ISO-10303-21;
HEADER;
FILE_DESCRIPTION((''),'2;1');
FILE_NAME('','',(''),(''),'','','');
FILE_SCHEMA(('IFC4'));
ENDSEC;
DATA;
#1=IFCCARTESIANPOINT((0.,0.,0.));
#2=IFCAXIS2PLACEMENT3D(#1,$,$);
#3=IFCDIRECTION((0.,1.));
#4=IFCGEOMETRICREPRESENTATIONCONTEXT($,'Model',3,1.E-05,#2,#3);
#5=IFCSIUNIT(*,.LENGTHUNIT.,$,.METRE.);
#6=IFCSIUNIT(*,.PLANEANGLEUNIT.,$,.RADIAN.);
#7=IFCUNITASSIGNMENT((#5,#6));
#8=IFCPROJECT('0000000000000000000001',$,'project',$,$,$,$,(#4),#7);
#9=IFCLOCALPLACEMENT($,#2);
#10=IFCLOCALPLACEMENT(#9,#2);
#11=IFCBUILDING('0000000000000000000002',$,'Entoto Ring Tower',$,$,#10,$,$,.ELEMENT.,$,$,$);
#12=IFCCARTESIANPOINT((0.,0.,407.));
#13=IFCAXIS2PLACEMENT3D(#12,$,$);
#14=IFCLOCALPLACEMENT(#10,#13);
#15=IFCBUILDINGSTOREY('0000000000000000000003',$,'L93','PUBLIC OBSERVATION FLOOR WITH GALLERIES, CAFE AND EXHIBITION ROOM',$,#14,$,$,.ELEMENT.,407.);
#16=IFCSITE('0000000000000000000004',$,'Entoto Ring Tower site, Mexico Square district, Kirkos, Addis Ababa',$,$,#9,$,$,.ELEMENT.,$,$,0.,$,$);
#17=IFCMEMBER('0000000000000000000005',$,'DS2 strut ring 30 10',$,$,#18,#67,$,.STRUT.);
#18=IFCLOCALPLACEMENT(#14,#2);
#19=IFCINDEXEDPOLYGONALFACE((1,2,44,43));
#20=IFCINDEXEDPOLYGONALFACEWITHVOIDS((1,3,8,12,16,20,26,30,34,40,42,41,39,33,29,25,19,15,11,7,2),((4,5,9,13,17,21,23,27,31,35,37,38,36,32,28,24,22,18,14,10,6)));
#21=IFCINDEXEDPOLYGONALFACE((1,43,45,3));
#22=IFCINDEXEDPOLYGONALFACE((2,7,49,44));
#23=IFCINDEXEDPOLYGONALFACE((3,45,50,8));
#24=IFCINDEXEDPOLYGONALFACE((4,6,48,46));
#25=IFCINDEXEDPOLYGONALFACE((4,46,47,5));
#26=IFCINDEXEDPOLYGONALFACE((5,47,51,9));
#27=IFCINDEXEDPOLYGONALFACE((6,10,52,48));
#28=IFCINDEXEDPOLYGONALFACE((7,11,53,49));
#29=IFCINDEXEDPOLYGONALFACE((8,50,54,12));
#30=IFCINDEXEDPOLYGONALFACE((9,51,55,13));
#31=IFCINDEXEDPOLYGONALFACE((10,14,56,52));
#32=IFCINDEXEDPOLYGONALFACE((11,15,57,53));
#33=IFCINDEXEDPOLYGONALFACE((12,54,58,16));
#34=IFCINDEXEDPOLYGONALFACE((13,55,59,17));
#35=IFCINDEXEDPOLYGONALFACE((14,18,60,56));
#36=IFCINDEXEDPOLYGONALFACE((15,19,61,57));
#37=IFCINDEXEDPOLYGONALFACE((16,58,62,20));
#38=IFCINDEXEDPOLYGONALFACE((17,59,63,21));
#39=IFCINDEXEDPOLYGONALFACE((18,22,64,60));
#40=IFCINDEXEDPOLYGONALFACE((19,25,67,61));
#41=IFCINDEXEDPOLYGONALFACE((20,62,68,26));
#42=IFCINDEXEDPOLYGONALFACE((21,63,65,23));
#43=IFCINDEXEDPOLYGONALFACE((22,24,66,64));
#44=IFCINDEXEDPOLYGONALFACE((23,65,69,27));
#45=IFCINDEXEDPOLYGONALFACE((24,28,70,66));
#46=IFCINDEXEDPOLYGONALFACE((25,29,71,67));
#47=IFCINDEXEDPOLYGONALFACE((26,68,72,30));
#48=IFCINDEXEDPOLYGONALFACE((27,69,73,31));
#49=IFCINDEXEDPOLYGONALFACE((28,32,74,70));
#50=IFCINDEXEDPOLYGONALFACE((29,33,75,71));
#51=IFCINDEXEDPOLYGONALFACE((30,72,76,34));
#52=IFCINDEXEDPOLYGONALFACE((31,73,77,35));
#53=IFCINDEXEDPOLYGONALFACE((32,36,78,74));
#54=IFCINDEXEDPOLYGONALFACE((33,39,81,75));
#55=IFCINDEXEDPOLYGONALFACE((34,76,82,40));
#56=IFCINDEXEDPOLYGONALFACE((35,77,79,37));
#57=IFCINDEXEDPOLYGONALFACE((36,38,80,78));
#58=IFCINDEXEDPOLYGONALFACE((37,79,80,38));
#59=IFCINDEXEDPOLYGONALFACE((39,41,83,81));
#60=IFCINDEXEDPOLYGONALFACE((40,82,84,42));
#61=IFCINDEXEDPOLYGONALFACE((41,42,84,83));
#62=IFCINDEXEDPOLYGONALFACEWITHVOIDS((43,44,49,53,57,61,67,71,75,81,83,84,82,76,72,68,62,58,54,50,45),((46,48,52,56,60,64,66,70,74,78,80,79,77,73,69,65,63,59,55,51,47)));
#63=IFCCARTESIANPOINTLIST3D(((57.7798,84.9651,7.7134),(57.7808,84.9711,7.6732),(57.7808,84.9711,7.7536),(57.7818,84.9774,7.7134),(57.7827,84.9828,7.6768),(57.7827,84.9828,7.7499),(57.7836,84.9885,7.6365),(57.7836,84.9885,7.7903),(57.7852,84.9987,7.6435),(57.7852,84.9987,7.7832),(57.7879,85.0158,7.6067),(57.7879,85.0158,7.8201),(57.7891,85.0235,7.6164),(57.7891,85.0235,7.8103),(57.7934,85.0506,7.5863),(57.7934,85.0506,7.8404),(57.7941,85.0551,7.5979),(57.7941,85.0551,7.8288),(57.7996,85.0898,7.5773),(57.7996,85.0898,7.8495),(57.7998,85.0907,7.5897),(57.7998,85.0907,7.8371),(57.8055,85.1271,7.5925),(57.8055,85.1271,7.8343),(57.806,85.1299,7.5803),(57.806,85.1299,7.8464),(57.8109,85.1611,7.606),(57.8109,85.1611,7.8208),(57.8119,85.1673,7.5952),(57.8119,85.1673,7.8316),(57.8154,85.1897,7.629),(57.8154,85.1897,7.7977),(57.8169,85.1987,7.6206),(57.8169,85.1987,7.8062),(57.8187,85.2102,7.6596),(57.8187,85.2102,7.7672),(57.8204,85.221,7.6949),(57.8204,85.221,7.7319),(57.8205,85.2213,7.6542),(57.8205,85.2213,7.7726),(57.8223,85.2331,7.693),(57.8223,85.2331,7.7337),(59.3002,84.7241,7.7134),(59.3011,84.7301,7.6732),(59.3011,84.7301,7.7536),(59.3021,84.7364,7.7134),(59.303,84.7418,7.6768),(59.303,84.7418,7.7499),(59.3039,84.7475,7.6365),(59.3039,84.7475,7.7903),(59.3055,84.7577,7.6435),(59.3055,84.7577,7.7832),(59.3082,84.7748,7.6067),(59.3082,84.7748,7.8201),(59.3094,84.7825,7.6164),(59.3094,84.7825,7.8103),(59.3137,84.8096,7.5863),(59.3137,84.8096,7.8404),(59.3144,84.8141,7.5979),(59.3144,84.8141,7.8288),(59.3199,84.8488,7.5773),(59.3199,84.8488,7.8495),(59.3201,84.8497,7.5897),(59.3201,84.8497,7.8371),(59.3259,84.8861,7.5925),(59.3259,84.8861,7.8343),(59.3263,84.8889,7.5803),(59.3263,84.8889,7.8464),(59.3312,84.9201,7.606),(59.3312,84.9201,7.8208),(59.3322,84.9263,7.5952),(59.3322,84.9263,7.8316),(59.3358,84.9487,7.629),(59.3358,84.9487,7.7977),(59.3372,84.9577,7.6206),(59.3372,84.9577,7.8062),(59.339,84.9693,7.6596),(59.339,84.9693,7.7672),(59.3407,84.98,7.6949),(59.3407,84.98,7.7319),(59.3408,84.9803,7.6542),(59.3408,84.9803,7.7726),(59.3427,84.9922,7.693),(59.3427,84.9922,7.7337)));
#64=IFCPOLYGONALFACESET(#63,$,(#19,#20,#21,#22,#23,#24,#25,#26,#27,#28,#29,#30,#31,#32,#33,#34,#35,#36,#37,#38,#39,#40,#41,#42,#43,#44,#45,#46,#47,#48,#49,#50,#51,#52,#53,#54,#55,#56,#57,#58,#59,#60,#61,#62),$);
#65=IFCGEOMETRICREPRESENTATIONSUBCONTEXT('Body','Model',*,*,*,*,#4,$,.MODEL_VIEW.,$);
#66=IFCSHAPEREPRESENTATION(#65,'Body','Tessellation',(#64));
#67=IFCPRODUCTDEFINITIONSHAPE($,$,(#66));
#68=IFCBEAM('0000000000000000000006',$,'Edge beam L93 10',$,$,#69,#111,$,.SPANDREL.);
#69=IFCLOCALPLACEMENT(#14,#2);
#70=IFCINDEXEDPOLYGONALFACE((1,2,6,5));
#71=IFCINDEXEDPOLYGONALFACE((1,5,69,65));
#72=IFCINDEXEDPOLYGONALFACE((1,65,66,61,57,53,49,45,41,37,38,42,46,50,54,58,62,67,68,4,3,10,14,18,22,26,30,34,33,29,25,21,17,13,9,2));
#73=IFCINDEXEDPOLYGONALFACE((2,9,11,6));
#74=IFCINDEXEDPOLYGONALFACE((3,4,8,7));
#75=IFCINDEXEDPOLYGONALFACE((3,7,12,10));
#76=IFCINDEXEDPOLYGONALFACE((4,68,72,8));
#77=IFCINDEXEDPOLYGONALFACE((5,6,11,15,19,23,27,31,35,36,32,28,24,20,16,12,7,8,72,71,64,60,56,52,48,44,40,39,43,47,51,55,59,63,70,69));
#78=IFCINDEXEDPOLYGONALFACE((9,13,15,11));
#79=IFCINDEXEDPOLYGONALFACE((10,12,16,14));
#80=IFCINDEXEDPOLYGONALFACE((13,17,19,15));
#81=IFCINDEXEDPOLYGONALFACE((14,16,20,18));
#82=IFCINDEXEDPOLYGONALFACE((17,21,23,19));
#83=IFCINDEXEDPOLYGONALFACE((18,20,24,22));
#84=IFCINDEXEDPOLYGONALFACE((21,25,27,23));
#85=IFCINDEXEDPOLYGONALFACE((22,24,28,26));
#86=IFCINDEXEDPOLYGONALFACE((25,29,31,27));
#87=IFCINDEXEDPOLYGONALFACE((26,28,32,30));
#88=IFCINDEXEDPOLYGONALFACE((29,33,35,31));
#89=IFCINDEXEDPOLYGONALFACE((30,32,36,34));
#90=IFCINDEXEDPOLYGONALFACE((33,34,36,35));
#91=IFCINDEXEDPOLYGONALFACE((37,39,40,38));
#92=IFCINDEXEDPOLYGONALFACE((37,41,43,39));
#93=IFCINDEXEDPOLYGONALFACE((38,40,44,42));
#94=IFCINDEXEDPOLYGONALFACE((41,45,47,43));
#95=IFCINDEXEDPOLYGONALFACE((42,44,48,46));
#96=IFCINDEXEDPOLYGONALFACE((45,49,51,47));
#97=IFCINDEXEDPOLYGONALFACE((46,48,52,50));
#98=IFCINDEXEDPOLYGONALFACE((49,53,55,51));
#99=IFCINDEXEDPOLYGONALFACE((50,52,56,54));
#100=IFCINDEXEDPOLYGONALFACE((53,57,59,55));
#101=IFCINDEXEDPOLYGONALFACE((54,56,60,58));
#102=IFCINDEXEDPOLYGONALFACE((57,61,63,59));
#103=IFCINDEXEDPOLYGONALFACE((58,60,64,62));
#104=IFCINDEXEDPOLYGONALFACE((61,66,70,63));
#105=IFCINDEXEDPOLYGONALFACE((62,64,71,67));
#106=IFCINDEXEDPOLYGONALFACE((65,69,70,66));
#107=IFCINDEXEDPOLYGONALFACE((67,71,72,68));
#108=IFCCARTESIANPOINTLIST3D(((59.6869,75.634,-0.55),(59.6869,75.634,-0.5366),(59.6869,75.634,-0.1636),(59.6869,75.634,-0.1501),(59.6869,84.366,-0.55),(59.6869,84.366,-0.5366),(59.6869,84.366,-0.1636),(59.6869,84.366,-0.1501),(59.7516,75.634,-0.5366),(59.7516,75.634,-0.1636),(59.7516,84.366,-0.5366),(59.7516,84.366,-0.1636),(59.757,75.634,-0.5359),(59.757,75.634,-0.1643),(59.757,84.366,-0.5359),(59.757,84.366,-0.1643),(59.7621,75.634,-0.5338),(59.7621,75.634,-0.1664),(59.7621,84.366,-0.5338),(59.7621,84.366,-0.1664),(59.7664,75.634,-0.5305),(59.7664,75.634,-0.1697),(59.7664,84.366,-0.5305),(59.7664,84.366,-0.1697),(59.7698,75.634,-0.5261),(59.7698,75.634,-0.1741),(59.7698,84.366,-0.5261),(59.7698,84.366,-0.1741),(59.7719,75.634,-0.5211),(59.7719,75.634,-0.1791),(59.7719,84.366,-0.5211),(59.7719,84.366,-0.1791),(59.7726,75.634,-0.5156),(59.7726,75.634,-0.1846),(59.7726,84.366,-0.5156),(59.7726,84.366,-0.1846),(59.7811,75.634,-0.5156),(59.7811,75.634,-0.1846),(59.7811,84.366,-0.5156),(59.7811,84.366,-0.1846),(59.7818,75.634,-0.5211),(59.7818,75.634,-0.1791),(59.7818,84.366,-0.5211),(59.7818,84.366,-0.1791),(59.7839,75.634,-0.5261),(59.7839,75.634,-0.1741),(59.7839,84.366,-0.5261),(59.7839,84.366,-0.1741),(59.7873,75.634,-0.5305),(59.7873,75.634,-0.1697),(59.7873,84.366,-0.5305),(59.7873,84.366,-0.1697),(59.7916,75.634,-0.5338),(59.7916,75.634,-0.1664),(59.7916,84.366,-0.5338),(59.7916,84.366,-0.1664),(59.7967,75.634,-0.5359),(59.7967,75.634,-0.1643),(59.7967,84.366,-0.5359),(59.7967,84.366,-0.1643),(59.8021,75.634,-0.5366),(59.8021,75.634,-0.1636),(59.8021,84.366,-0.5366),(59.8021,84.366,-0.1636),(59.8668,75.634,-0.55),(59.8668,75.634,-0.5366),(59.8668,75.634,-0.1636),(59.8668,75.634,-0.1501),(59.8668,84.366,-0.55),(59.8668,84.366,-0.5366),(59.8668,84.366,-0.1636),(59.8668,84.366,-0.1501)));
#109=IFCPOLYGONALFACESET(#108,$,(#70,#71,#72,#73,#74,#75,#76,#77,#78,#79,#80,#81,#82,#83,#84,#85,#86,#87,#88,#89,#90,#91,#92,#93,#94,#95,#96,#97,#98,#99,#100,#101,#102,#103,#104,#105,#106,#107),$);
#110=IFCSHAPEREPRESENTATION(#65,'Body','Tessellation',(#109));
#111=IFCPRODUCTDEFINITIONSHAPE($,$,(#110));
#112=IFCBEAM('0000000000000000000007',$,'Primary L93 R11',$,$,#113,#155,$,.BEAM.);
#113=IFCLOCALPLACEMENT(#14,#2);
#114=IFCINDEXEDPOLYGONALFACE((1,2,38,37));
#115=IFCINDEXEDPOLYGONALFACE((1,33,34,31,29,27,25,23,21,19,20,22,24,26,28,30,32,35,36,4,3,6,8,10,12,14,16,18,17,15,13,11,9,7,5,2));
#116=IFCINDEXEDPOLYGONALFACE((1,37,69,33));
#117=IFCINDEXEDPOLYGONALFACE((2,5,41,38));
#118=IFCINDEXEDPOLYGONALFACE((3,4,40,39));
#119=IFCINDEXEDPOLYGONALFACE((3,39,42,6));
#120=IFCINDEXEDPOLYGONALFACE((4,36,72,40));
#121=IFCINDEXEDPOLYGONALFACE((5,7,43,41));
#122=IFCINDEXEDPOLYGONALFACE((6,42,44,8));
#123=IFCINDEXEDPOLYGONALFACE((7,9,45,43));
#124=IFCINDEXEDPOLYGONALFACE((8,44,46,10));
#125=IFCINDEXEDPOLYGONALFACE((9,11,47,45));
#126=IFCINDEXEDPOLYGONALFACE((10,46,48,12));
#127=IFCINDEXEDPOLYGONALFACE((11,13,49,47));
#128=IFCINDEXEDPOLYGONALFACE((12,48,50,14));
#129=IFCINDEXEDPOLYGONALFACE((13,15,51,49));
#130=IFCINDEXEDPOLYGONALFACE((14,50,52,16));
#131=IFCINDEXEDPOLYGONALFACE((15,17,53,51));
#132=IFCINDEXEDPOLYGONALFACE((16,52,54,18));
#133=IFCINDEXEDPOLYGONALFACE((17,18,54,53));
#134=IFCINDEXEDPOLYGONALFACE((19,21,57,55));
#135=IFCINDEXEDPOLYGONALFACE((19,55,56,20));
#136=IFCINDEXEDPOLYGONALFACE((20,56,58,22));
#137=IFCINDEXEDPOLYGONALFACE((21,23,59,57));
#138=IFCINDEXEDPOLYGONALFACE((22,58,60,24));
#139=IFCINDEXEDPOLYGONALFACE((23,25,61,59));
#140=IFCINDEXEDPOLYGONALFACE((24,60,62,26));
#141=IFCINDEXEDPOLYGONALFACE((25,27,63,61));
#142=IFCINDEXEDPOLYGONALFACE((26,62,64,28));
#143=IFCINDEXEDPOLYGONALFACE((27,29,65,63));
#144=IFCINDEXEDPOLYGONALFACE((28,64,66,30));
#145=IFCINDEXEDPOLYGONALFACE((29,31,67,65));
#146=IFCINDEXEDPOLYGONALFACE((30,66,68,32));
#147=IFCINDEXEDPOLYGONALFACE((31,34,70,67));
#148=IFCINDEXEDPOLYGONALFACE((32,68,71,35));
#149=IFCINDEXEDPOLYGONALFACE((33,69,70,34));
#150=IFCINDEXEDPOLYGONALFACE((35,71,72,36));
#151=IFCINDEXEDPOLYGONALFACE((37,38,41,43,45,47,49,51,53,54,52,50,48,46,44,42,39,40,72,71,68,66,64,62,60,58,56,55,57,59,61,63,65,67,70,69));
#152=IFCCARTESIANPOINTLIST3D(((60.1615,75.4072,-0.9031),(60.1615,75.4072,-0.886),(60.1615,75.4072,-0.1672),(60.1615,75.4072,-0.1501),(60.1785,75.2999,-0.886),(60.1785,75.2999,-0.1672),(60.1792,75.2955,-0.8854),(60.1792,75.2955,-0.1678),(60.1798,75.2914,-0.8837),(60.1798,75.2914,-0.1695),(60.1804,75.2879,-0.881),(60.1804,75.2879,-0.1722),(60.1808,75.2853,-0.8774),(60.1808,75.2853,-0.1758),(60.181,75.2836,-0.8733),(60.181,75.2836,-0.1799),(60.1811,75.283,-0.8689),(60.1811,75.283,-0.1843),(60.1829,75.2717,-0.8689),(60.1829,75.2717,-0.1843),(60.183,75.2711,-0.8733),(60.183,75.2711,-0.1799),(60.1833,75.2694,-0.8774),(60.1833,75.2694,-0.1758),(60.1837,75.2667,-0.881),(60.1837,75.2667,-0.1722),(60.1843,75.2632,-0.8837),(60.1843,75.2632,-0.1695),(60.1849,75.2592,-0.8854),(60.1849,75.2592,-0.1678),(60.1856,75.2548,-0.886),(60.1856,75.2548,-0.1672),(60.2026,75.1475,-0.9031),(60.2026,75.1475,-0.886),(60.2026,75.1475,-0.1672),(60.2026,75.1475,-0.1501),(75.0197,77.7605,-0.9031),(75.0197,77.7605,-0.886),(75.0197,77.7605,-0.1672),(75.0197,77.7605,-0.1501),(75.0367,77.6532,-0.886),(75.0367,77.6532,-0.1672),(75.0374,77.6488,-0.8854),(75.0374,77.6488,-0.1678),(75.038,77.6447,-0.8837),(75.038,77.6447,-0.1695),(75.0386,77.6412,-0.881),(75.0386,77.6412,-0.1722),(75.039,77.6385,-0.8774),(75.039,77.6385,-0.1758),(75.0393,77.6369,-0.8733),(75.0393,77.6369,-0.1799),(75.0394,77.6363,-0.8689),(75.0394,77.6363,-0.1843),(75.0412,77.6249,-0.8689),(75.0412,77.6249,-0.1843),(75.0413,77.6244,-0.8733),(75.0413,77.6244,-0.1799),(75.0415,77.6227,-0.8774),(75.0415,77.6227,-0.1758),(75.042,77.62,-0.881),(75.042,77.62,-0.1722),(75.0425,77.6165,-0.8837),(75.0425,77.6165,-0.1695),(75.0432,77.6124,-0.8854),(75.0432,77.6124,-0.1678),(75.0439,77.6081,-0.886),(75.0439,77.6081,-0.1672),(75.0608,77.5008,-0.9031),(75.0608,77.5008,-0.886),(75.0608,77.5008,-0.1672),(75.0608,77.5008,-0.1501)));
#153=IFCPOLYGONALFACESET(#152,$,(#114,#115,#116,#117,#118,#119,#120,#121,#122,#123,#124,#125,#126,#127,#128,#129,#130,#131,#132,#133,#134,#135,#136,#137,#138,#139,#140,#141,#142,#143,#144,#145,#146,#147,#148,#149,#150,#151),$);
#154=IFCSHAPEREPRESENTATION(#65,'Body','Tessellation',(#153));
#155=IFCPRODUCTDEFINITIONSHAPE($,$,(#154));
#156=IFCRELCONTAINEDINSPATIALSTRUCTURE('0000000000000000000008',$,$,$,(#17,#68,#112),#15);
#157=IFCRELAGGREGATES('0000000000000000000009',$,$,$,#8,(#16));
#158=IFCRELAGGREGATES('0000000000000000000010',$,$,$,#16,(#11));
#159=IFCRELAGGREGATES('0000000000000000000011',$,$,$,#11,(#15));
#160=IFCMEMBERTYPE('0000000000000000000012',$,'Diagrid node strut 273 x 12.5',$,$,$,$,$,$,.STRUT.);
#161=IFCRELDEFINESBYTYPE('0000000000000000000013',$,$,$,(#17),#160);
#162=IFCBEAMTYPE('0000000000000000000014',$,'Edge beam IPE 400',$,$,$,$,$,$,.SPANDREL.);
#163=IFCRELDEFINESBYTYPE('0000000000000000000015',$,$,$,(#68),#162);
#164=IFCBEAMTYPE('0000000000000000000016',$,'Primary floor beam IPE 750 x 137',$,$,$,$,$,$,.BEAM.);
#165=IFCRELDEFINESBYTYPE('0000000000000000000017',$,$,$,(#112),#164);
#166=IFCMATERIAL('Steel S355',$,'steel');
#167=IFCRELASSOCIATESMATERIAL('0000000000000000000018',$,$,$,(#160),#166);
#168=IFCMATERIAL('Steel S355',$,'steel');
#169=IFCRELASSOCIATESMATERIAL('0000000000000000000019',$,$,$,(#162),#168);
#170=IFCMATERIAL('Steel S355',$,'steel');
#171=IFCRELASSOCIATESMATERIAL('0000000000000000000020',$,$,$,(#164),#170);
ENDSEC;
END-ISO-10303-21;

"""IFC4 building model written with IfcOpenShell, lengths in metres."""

from ifc_helpers import new_model, si_unit, direction, frame, origin, origin_2d, place, context, subcontext, project, spatial, circle, hollow_circle, i_section, extrude, material, material_profile, profile_set, type_object, element, save


model = new_model("IFC4")

# Units and contexts
model_context = context("Model", 3, precision=1e-05, world=origin(), true_north=direction((0.0, 1.0)))
body_context = subcontext(model_context, "Body", "Model", "MODEL_VIEW")
ifc_project = project(units=[si_unit("LENGTHUNIT", "METRE"), si_unit("PLANEANGLEUNIT", "RADIAN")], contexts=[model_context])

# Site, building, storey
site_placement = place(None, origin())
site = spatial("IfcSite", under=ifc_project, at=site_placement, Name="Entoto Ring Tower site, Mexico Square district, Kirkos, Addis Ababa", CompositionType="ELEMENT", RefElevation=0.0)
building_placement = place(site_placement, origin())
building = spatial("IfcBuilding", under=site, at=building_placement, Name="Entoto Ring Tower", CompositionType="ELEMENT")
storey_placement = place(building_placement, frame((0.0, 0.0, 407.0)))
storey = spatial("IfcBuildingStorey", under=building, at=storey_placement, Name="L93", Description="PUBLIC OBSERVATION FLOOR WITH GALLERIES, CAFE AND EXHIBITION ROOM", CompositionType="ELEMENT", Elevation=407.0)

# Member
ifc_material_1 = material(Name="Steel S355", Category="steel")
ifc_material_profile_1 = material_profile(ifc_material_1, hollow_circle(Radius=0.1365, WallThickness=0.0125, at=origin_2d()), Name="CHS 273 x 12.5")
ifc_material_2 = material(Name="Concrete C60/75", Category="concrete")
ifc_material_profile_2 = material_profile(ifc_material_2, circle(Radius=0.124, at=origin_2d()), Name="Concrete C60/75 infill")
ifc_profile_set_1 = profile_set([ifc_material_profile_1, ifc_material_profile_2], Name="Steel S355")
member_type = type_object("IfcMemberType", Name="Diagrid node strut 273 x 12.5", PredefinedType="STRUT", material=ifc_profile_set_1)
member_placement = place(storey_placement, frame((59.3215, 84.8589, 7.7134), z_axis=(-0.98767, 0.156549, 0.0), x_axis=(-0.156549, -0.98767, 0.0)))
element("IfcMember", 1, at=member_placement, inside=storey, type_object=member_type, Name="DS2 strut ring 30 10", PredefinedType="STRUT", context=body_context, shape_type="SweptSolid", body=[
    extrude(hollow_circle(Radius=0.1365, WallThickness=0.0125, at=origin_2d()), origin(), (0.0, 0.0, 1.0), 1.5393),
])

# Beams
ifc_material_3 = material(Name="Steel S355", Category="steel")
ifc_material_profile_3 = material_profile(ifc_material_3, i_section(OverallWidth=0.1799, OverallDepth=0.3999, WebThickness=0.0085, FlangeThickness=0.0134, FilletRadius=0.021, at=origin_2d()), Name="IPE 400")
ifc_profile_set_2 = profile_set([ifc_material_profile_3], Name="Steel S355")
beam_type_1 = type_object("IfcBeamType", Name="Edge beam IPE 400", PredefinedType="SPANDREL", material=ifc_profile_set_2)
beam_1_placement = place(storey_placement, frame((59.7769, 84.366, -0.3501), z_axis=(0.0, -1.0, 0.0), x_axis=(1.0, 0.0, 0.0)))
element("IfcBeam", 2, at=beam_1_placement, inside=storey, type_object=beam_type_1, Name="Edge beam L93 10", PredefinedType="SPANDREL", context=body_context, shape_type="SweptSolid", body=[
    extrude(i_section(OverallWidth=0.1799, OverallDepth=0.3999, WebThickness=0.0085, FlangeThickness=0.0134, FilletRadius=0.021, at=origin_2d()), origin(), (0.0, 0.0, 1.0), 8.7319),
])
ifc_material_4 = material(Name="Steel S355", Category="steel")
ifc_material_profile_4 = material_profile(ifc_material_4, i_section(OverallWidth=0.2629, OverallDepth=0.7529, WebThickness=0.0115, FlangeThickness=0.0171, FilletRadius=0.0171, at=origin_2d()), Name="IPE 750 x 137")
ifc_profile_set_3 = profile_set([ifc_material_profile_4], Name="Steel S355")
beam_type_2 = type_object("IfcBeamType", Name="Primary floor beam IPE 750 x 137", PredefinedType="BEAM", material=ifc_profile_set_3)
beam_2_placement = place(storey_placement, frame((75.0403, 77.6306, -0.5266), z_axis=(-0.987689, -0.156433, 0.0), x_axis=(0.156433, -0.987689, 0.0)))
element("IfcBeam", 3, at=beam_2_placement, inside=storey, type_object=beam_type_2, Name="Primary L93 R11", PredefinedType="BEAM", context=body_context, shape_type="SweptSolid", body=[
    extrude(i_section(OverallWidth=0.2629, OverallDepth=0.7529, WebThickness=0.0115, FlangeThickness=0.0171, FilletRadius=0.0171, at=origin_2d()), origin(), (0.0, 0.0, 1.0), 15.0435),
])

save(model, "model.ifc")
